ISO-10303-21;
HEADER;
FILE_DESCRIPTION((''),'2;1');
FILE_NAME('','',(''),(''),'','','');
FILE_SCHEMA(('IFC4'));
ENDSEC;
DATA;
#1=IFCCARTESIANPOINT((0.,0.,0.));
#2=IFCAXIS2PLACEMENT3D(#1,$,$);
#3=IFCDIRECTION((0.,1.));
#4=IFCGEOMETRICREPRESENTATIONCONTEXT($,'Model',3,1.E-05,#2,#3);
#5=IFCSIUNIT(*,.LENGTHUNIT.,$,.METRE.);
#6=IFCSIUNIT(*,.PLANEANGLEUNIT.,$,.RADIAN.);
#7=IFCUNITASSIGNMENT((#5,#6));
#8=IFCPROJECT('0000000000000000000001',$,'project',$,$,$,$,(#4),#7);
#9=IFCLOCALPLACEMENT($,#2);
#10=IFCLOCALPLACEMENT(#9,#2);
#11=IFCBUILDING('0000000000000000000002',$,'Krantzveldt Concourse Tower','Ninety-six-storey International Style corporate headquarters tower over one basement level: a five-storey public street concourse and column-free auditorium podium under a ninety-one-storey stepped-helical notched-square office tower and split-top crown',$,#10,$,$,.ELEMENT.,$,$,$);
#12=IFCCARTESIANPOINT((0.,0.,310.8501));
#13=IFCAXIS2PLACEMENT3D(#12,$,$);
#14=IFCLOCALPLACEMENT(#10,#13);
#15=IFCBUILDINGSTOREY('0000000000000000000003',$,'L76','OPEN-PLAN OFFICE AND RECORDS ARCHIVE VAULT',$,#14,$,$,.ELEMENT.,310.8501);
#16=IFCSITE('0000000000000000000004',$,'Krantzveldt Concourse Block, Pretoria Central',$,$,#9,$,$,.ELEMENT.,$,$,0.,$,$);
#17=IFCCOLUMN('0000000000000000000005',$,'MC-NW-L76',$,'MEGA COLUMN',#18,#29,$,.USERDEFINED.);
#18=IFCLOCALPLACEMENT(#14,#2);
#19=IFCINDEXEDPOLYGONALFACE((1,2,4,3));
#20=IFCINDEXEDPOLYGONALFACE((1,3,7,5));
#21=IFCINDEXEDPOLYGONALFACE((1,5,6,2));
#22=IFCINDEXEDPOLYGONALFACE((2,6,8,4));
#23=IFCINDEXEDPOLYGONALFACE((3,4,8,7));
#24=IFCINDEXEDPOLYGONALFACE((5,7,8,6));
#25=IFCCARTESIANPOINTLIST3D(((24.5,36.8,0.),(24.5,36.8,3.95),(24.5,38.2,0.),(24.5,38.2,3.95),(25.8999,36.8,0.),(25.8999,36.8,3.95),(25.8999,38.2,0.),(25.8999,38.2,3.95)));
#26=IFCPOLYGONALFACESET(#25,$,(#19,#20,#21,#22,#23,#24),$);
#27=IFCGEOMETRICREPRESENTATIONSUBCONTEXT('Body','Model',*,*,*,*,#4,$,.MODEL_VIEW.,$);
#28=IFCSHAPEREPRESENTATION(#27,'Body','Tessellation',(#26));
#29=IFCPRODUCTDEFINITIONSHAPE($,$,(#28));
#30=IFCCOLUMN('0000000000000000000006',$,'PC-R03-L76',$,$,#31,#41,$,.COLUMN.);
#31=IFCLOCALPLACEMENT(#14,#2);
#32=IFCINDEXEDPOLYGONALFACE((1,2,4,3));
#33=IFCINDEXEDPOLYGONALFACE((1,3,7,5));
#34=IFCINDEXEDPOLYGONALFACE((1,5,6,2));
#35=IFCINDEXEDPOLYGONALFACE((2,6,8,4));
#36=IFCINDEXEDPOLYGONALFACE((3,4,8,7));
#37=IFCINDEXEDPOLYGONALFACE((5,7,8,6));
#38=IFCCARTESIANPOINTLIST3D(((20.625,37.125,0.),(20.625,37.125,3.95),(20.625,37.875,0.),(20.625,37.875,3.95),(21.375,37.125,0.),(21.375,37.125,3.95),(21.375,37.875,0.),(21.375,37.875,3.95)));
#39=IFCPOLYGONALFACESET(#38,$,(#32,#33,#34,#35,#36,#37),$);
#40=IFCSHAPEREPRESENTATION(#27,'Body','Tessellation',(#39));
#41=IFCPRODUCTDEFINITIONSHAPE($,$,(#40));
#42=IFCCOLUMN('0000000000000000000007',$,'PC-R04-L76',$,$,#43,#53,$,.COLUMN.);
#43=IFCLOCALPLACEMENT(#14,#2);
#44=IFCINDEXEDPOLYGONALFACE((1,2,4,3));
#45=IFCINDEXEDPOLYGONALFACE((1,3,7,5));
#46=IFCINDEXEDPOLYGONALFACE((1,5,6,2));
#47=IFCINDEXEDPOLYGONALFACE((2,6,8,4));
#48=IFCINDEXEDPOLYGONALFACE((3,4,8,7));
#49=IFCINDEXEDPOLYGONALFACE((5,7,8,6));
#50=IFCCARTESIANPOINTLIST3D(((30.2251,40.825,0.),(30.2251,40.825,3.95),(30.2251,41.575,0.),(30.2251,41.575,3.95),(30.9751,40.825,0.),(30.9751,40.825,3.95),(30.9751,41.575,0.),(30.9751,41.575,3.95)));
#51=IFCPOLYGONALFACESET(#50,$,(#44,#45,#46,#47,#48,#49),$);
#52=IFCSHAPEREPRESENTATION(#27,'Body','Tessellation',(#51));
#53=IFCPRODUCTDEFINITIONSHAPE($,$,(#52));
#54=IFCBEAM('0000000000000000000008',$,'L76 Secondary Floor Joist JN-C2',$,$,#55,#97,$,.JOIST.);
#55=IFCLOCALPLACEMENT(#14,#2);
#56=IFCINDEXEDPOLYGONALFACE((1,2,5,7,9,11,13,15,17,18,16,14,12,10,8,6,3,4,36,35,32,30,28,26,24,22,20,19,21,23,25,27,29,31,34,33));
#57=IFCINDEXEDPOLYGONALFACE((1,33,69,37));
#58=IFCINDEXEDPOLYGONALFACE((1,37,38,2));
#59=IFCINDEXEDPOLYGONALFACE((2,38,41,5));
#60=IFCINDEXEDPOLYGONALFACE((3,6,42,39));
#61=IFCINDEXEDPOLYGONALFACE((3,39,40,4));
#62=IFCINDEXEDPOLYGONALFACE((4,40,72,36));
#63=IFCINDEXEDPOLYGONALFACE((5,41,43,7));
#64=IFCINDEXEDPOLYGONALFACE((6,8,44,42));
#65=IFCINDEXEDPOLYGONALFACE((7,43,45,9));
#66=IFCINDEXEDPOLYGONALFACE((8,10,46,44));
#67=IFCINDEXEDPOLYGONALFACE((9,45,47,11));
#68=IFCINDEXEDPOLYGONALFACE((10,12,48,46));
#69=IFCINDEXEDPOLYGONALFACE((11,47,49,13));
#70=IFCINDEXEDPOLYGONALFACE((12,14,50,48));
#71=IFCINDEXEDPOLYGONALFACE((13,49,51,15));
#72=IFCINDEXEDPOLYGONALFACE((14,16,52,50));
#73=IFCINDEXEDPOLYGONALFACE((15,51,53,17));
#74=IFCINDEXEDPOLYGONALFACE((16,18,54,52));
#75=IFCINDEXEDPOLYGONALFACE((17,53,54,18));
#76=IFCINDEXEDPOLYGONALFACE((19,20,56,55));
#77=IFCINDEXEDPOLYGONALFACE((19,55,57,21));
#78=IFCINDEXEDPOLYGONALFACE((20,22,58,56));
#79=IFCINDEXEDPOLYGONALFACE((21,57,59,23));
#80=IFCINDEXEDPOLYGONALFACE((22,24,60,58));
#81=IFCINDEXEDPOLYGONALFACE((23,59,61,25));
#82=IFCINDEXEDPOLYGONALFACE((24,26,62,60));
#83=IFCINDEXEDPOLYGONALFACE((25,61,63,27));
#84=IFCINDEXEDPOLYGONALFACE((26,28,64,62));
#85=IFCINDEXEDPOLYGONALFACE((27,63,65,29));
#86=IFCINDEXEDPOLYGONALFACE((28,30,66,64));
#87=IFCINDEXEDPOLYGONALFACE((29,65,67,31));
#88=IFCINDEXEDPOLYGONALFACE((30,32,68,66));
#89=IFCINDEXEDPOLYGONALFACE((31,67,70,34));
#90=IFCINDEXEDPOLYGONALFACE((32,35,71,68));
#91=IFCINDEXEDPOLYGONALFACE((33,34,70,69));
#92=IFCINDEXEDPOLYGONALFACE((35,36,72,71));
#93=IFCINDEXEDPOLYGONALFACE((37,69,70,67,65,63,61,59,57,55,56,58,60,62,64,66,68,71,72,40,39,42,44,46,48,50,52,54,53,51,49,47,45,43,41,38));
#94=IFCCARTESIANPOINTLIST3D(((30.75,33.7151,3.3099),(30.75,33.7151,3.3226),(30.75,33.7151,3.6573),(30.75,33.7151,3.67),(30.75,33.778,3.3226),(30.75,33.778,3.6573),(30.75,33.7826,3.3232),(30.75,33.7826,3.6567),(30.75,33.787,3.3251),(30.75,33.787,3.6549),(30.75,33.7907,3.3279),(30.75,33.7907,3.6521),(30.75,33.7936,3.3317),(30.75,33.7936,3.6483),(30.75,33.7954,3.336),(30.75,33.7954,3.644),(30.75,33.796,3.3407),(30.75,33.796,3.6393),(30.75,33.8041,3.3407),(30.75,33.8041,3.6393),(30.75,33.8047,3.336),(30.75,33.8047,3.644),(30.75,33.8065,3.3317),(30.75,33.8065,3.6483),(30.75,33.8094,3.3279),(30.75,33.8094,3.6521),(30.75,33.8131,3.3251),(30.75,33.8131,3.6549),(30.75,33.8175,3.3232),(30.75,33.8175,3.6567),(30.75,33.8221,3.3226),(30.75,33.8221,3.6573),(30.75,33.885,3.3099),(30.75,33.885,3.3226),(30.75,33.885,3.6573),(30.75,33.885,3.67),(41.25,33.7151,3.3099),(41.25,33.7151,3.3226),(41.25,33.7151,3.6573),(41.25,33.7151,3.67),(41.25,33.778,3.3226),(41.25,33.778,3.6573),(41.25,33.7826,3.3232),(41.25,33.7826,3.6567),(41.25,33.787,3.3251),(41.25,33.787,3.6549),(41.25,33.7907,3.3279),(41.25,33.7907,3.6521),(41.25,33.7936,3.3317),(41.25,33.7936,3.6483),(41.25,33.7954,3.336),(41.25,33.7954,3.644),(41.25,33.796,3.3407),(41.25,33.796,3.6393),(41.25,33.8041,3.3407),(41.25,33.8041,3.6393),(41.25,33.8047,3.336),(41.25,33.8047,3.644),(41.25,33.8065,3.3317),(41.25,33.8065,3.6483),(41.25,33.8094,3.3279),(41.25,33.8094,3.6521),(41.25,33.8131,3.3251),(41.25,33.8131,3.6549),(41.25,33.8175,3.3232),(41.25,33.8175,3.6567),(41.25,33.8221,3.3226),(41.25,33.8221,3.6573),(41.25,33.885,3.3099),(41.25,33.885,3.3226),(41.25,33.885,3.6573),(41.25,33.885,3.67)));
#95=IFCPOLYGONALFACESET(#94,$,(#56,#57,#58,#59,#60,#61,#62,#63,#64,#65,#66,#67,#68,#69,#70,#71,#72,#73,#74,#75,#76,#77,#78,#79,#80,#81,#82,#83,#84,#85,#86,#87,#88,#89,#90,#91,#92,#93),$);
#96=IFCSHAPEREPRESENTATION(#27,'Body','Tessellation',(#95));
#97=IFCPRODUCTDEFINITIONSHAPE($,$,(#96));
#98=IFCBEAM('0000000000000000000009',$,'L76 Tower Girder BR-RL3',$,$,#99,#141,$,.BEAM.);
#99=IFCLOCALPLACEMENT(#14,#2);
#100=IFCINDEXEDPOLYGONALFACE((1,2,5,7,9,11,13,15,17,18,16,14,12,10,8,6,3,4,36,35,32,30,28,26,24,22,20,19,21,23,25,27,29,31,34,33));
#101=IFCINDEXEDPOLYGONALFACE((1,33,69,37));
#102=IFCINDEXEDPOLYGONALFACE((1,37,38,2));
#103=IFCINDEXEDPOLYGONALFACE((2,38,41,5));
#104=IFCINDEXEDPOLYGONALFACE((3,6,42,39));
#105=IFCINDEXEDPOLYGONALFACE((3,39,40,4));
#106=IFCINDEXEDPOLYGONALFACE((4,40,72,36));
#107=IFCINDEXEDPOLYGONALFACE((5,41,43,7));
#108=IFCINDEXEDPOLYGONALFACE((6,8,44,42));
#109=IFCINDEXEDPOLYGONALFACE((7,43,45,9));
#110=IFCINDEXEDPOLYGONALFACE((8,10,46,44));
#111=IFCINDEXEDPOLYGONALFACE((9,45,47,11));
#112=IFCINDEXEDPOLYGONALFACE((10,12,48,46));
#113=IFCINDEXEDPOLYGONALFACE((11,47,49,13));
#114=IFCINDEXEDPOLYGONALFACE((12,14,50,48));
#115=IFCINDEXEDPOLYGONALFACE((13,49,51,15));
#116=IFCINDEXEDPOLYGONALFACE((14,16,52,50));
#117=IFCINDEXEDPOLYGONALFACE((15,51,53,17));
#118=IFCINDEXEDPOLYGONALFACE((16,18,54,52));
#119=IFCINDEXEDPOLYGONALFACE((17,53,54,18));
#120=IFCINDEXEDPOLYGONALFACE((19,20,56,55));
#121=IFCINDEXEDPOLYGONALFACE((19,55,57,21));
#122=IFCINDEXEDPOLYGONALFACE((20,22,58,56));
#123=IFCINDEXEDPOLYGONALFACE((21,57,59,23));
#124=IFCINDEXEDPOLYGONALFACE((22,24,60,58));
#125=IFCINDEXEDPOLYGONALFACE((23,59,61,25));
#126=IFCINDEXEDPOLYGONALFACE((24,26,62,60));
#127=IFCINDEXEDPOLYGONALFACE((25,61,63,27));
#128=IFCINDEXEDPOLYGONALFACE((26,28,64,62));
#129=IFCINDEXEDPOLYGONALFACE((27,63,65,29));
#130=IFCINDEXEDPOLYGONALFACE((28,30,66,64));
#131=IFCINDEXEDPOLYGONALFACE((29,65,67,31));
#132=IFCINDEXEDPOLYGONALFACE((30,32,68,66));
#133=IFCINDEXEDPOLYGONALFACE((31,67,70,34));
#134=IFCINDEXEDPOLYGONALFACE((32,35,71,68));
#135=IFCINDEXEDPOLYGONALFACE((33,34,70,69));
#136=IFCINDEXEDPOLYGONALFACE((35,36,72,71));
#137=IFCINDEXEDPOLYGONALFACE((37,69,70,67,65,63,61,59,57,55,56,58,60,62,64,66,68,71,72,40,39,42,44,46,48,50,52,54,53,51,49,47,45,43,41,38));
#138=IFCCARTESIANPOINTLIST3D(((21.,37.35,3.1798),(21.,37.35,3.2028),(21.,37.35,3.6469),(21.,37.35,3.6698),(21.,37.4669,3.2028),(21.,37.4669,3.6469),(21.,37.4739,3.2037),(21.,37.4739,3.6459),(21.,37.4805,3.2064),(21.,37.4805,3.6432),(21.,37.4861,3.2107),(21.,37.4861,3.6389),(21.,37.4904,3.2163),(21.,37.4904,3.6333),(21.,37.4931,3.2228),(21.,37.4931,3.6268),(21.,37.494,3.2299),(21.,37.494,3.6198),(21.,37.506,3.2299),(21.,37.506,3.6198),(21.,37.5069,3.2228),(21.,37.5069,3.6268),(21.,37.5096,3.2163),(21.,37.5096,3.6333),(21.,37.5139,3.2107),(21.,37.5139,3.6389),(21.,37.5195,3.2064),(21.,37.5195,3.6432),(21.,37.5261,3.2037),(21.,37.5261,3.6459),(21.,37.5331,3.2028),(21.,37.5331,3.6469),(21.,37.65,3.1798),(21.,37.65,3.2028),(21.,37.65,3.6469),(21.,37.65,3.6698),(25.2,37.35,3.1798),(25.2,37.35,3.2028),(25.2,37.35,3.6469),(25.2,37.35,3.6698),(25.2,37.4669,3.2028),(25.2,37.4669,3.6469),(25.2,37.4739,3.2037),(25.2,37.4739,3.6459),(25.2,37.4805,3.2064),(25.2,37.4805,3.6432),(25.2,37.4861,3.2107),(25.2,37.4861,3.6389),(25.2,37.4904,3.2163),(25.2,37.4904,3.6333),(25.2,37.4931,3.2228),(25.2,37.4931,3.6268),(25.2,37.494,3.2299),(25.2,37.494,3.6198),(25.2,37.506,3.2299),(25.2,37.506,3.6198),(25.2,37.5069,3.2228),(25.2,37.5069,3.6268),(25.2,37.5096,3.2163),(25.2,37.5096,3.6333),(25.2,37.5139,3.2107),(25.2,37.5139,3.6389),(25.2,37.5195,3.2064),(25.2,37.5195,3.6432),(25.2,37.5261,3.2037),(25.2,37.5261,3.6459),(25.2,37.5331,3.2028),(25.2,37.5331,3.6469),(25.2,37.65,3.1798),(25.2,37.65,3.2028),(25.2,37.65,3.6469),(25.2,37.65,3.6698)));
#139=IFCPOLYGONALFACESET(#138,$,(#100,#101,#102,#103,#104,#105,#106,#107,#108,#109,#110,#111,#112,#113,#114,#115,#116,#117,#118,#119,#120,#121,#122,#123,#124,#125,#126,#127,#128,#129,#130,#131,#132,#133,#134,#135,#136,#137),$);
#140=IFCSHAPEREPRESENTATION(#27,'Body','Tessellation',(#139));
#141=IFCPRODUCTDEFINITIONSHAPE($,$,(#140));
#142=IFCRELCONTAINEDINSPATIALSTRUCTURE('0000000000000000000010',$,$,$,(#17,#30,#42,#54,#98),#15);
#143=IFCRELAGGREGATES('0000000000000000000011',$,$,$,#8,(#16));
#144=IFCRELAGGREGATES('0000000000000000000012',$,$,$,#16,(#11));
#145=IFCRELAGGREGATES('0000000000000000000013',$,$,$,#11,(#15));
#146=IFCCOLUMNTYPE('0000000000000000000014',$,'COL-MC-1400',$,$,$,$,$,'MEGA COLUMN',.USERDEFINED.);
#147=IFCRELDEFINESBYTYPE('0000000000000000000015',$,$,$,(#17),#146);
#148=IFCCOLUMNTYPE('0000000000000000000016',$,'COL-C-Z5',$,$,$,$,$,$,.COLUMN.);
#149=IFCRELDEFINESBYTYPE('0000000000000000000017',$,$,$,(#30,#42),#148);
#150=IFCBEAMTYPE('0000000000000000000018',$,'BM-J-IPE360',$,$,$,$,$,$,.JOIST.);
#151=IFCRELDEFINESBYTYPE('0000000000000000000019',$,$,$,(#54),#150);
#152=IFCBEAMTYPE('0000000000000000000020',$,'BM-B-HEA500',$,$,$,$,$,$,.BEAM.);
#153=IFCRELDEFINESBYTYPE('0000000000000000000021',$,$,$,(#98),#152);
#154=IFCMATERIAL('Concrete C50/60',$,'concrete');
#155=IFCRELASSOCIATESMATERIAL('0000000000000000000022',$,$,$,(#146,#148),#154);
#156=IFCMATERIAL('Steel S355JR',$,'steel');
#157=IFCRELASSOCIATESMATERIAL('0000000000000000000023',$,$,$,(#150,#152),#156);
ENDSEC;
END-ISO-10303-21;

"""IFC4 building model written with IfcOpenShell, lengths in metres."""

from ifc_helpers import new_model, si_unit, direction, frame, origin, origin_2d, place, context, subcontext, project, spatial, rectangle, i_section, extrude, source, transform, mapped, material, material_profile, profile_set, type_object, type_shapes, element, save


model = new_model("IFC4")

# Units and contexts
model_context = context("Model", 3, precision=1e-05, world=origin(), true_north=direction((0.0, 1.0)))
body_context = subcontext(model_context, "Body", "Model", "MODEL_VIEW")
ifc_project = project(units=[si_unit("LENGTHUNIT", "METRE"), si_unit("PLANEANGLEUNIT", "RADIAN")], contexts=[model_context])

# Site, building, storey
site_placement = place(None, origin())
site = spatial("IfcSite", under=ifc_project, at=site_placement, Name="Krantzveldt Concourse Block, Pretoria Central", CompositionType="ELEMENT", RefElevation=0.0)
building_placement = place(site_placement, origin())
building = spatial("IfcBuilding", under=site, at=building_placement, Name="Krantzveldt Concourse Tower", Description="Ninety-six-storey International Style corporate headquarters tower over one basement level: a five-storey public street concourse and column-free auditorium podium under a ninety-one-storey stepped-helical notched-square office tower and split-top crown", CompositionType="ELEMENT")
storey_placement = place(building_placement, frame((0.0, 0.0, 310.8501)))
storey = spatial("IfcBuildingStorey", under=building, at=storey_placement, Name="L76", Description="OPEN-PLAN OFFICE AND RECORDS ARCHIVE VAULT", CompositionType="ELEMENT", Elevation=310.8501)

# Columns
ifc_material_1 = material(Name="Concrete C50/60", Category="concrete")
ifc_material_profile_1 = material_profile(ifc_material_1, rectangle(XDim=1.3999, YDim=1.3999, at=origin_2d()), Name="Concrete C50/60", Category="concrete")
ifc_profile_set_1 = profile_set([ifc_material_profile_1], Name="Concrete C50/60 - RC 1400x1400")
column_type_1 = type_object("IfcColumnType", Name="COL-MC-1400", ElementType="MEGA COLUMN", PredefinedType="USERDEFINED", material=ifc_profile_set_1)
shared_shape_1 = source(origin(), body_context, "Body", "SweptSolid", [
    extrude(rectangle(XDim=1.3999, YDim=1.3999, at=origin_2d()), origin(), (0.0, 0.0, 1.0), 3.95),
])
type_shapes(column_type_1, [shared_shape_1])
column_placement = place(storey_placement, frame((25.2, 37.5, 0.0), z_axis=(0.0, 0.0, 1.0), x_axis=(1.0, 0.0, 0.0)))
element("IfcColumn", 1, at=column_placement, inside=storey, type_object=column_type_1, Name="MC-NW-L76", ObjectType="MEGA COLUMN", PredefinedType="USERDEFINED", context=body_context, shape_type="MappedRepresentation", body=[
    mapped(shared_shape_1, transform((0.0, 0.0, 0.0), x_axis=(1.0, 0.0, 0.0), y_axis=(0.0, 1.0, 0.0), z_axis=(0.0, 0.0, 1.0), scale=1.0)),
])
ifc_material_profile_2 = material_profile(ifc_material_1, rectangle(XDim=0.75, YDim=0.75, at=origin_2d()), Name="Concrete C50/60", Category="concrete")
ifc_profile_set_2 = profile_set([ifc_material_profile_2], Name="Concrete C50/60 - RC 750x750")
column_type_2 = type_object("IfcColumnType", Name="COL-C-Z5", PredefinedType="COLUMN", material=ifc_profile_set_2)
shared_shape_2 = source(origin(), body_context, "Body", "SweptSolid", [
    extrude(rectangle(XDim=0.75, YDim=0.75, at=origin_2d()), origin(), (0.0, 0.0, 1.0), 3.95),
])
type_shapes(column_type_2, [shared_shape_2])
for number, where, z_axis, x_axis, name in (
    (2, (21.0, 37.5, 0.0), (0.0, 0.0, 1.0), (1.0, 0.0, 0.0), "PC-R03-L76"),
    (3, (30.6001, 41.2, 0.0), (0.0, 0.0, 1.0), (1.0, 0.0, 0.0), "PC-R04-L76"),
):
    element("IfcColumn", number, at=place(storey_placement, frame(where, z_axis=z_axis, x_axis=x_axis)), inside=storey, type_object=column_type_2, Name=name, PredefinedType="COLUMN", context=body_context, shape_type="MappedRepresentation", body=[
        mapped(shared_shape_2, transform((0.0, 0.0, 0.0), x_axis=(1.0, 0.0, 0.0), y_axis=(0.0, 1.0, 0.0), z_axis=(0.0, 0.0, 1.0), scale=1.0)),
    ])

# Beams
ifc_material_2 = material(Name="Steel S355JR", Category="steel")
ifc_material_profile_3 = material_profile(ifc_material_2, i_section(OverallWidth=0.1699, OverallDepth=0.3601, WebThickness=0.0081, FlangeThickness=0.0127, FilletRadius=0.0181, at=origin_2d()), Name="Steel S355JR", Category="steel")
ifc_profile_set_3 = profile_set([ifc_material_profile_3], Name="Steel S355JR - IPE 360")
beam_type_1 = type_object("IfcBeamType", Name="BM-J-IPE360", PredefinedType="JOIST", material=ifc_profile_set_3)
shared_shape_3 = source(origin(), body_context, "Body", "SweptSolid", [
    extrude(i_section(OverallWidth=0.1699, OverallDepth=0.3601, WebThickness=0.0081, FlangeThickness=0.0127, FilletRadius=0.0181, at=origin_2d()), origin(), (0.0, 0.0, 1.0), 10.5),
])
beam_1_placement = place(storey_placement, frame((30.75, 33.8, 3.49), z_axis=(1.0, 0.0, 0.0), x_axis=(0.0, 1.0, 0.0)))
element("IfcBeam", 4, at=beam_1_placement, inside=storey, type_object=beam_type_1, Name="L76 Secondary Floor Joist JN-C2", PredefinedType="JOIST", context=body_context, shape_type="MappedRepresentation", body=[
    mapped(shared_shape_3, transform((0.0, 0.0, 0.0), x_axis=(1.0, 0.0, 0.0), y_axis=(0.0, 1.0, 0.0), z_axis=(0.0, 0.0, 1.0), scale=1.0)),
])
ifc_material_profile_4 = material_profile(ifc_material_2, i_section(OverallWidth=0.3, OverallDepth=0.49, WebThickness=0.012, FlangeThickness=0.0229, FilletRadius=0.0271, at=origin_2d()), Name="Steel S355JR", Category="steel")
ifc_profile_set_4 = profile_set([ifc_material_profile_4], Name="Steel S355JR - HEA 500")
beam_type_2 = type_object("IfcBeamType", Name="BM-B-HEA500", PredefinedType="BEAM", material=ifc_profile_set_4)
shared_shape_4 = source(origin(), body_context, "Body", "SweptSolid", [
    extrude(i_section(OverallWidth=0.3, OverallDepth=0.49, WebThickness=0.012, FlangeThickness=0.0229, FilletRadius=0.0271, at=origin_2d()), origin(), (0.0, 0.0, 1.0), 4.2),
])
beam_2_placement = place(storey_placement, frame((21.0, 37.5, 3.4248), z_axis=(1.0, 0.0, 0.0), x_axis=(0.0, 1.0, 0.0)))
element("IfcBeam", 5, at=beam_2_placement, inside=storey, type_object=beam_type_2, Name="L76 Tower Girder BR-RL3", PredefinedType="BEAM", context=body_context, shape_type="MappedRepresentation", body=[
    mapped(shared_shape_4, transform((0.0, 0.0, 0.0), x_axis=(1.0, 0.0, 0.0), y_axis=(0.0, 1.0, 0.0), z_axis=(0.0, 0.0, 1.0), scale=1.0)),
])

save(model, "model.ifc")
